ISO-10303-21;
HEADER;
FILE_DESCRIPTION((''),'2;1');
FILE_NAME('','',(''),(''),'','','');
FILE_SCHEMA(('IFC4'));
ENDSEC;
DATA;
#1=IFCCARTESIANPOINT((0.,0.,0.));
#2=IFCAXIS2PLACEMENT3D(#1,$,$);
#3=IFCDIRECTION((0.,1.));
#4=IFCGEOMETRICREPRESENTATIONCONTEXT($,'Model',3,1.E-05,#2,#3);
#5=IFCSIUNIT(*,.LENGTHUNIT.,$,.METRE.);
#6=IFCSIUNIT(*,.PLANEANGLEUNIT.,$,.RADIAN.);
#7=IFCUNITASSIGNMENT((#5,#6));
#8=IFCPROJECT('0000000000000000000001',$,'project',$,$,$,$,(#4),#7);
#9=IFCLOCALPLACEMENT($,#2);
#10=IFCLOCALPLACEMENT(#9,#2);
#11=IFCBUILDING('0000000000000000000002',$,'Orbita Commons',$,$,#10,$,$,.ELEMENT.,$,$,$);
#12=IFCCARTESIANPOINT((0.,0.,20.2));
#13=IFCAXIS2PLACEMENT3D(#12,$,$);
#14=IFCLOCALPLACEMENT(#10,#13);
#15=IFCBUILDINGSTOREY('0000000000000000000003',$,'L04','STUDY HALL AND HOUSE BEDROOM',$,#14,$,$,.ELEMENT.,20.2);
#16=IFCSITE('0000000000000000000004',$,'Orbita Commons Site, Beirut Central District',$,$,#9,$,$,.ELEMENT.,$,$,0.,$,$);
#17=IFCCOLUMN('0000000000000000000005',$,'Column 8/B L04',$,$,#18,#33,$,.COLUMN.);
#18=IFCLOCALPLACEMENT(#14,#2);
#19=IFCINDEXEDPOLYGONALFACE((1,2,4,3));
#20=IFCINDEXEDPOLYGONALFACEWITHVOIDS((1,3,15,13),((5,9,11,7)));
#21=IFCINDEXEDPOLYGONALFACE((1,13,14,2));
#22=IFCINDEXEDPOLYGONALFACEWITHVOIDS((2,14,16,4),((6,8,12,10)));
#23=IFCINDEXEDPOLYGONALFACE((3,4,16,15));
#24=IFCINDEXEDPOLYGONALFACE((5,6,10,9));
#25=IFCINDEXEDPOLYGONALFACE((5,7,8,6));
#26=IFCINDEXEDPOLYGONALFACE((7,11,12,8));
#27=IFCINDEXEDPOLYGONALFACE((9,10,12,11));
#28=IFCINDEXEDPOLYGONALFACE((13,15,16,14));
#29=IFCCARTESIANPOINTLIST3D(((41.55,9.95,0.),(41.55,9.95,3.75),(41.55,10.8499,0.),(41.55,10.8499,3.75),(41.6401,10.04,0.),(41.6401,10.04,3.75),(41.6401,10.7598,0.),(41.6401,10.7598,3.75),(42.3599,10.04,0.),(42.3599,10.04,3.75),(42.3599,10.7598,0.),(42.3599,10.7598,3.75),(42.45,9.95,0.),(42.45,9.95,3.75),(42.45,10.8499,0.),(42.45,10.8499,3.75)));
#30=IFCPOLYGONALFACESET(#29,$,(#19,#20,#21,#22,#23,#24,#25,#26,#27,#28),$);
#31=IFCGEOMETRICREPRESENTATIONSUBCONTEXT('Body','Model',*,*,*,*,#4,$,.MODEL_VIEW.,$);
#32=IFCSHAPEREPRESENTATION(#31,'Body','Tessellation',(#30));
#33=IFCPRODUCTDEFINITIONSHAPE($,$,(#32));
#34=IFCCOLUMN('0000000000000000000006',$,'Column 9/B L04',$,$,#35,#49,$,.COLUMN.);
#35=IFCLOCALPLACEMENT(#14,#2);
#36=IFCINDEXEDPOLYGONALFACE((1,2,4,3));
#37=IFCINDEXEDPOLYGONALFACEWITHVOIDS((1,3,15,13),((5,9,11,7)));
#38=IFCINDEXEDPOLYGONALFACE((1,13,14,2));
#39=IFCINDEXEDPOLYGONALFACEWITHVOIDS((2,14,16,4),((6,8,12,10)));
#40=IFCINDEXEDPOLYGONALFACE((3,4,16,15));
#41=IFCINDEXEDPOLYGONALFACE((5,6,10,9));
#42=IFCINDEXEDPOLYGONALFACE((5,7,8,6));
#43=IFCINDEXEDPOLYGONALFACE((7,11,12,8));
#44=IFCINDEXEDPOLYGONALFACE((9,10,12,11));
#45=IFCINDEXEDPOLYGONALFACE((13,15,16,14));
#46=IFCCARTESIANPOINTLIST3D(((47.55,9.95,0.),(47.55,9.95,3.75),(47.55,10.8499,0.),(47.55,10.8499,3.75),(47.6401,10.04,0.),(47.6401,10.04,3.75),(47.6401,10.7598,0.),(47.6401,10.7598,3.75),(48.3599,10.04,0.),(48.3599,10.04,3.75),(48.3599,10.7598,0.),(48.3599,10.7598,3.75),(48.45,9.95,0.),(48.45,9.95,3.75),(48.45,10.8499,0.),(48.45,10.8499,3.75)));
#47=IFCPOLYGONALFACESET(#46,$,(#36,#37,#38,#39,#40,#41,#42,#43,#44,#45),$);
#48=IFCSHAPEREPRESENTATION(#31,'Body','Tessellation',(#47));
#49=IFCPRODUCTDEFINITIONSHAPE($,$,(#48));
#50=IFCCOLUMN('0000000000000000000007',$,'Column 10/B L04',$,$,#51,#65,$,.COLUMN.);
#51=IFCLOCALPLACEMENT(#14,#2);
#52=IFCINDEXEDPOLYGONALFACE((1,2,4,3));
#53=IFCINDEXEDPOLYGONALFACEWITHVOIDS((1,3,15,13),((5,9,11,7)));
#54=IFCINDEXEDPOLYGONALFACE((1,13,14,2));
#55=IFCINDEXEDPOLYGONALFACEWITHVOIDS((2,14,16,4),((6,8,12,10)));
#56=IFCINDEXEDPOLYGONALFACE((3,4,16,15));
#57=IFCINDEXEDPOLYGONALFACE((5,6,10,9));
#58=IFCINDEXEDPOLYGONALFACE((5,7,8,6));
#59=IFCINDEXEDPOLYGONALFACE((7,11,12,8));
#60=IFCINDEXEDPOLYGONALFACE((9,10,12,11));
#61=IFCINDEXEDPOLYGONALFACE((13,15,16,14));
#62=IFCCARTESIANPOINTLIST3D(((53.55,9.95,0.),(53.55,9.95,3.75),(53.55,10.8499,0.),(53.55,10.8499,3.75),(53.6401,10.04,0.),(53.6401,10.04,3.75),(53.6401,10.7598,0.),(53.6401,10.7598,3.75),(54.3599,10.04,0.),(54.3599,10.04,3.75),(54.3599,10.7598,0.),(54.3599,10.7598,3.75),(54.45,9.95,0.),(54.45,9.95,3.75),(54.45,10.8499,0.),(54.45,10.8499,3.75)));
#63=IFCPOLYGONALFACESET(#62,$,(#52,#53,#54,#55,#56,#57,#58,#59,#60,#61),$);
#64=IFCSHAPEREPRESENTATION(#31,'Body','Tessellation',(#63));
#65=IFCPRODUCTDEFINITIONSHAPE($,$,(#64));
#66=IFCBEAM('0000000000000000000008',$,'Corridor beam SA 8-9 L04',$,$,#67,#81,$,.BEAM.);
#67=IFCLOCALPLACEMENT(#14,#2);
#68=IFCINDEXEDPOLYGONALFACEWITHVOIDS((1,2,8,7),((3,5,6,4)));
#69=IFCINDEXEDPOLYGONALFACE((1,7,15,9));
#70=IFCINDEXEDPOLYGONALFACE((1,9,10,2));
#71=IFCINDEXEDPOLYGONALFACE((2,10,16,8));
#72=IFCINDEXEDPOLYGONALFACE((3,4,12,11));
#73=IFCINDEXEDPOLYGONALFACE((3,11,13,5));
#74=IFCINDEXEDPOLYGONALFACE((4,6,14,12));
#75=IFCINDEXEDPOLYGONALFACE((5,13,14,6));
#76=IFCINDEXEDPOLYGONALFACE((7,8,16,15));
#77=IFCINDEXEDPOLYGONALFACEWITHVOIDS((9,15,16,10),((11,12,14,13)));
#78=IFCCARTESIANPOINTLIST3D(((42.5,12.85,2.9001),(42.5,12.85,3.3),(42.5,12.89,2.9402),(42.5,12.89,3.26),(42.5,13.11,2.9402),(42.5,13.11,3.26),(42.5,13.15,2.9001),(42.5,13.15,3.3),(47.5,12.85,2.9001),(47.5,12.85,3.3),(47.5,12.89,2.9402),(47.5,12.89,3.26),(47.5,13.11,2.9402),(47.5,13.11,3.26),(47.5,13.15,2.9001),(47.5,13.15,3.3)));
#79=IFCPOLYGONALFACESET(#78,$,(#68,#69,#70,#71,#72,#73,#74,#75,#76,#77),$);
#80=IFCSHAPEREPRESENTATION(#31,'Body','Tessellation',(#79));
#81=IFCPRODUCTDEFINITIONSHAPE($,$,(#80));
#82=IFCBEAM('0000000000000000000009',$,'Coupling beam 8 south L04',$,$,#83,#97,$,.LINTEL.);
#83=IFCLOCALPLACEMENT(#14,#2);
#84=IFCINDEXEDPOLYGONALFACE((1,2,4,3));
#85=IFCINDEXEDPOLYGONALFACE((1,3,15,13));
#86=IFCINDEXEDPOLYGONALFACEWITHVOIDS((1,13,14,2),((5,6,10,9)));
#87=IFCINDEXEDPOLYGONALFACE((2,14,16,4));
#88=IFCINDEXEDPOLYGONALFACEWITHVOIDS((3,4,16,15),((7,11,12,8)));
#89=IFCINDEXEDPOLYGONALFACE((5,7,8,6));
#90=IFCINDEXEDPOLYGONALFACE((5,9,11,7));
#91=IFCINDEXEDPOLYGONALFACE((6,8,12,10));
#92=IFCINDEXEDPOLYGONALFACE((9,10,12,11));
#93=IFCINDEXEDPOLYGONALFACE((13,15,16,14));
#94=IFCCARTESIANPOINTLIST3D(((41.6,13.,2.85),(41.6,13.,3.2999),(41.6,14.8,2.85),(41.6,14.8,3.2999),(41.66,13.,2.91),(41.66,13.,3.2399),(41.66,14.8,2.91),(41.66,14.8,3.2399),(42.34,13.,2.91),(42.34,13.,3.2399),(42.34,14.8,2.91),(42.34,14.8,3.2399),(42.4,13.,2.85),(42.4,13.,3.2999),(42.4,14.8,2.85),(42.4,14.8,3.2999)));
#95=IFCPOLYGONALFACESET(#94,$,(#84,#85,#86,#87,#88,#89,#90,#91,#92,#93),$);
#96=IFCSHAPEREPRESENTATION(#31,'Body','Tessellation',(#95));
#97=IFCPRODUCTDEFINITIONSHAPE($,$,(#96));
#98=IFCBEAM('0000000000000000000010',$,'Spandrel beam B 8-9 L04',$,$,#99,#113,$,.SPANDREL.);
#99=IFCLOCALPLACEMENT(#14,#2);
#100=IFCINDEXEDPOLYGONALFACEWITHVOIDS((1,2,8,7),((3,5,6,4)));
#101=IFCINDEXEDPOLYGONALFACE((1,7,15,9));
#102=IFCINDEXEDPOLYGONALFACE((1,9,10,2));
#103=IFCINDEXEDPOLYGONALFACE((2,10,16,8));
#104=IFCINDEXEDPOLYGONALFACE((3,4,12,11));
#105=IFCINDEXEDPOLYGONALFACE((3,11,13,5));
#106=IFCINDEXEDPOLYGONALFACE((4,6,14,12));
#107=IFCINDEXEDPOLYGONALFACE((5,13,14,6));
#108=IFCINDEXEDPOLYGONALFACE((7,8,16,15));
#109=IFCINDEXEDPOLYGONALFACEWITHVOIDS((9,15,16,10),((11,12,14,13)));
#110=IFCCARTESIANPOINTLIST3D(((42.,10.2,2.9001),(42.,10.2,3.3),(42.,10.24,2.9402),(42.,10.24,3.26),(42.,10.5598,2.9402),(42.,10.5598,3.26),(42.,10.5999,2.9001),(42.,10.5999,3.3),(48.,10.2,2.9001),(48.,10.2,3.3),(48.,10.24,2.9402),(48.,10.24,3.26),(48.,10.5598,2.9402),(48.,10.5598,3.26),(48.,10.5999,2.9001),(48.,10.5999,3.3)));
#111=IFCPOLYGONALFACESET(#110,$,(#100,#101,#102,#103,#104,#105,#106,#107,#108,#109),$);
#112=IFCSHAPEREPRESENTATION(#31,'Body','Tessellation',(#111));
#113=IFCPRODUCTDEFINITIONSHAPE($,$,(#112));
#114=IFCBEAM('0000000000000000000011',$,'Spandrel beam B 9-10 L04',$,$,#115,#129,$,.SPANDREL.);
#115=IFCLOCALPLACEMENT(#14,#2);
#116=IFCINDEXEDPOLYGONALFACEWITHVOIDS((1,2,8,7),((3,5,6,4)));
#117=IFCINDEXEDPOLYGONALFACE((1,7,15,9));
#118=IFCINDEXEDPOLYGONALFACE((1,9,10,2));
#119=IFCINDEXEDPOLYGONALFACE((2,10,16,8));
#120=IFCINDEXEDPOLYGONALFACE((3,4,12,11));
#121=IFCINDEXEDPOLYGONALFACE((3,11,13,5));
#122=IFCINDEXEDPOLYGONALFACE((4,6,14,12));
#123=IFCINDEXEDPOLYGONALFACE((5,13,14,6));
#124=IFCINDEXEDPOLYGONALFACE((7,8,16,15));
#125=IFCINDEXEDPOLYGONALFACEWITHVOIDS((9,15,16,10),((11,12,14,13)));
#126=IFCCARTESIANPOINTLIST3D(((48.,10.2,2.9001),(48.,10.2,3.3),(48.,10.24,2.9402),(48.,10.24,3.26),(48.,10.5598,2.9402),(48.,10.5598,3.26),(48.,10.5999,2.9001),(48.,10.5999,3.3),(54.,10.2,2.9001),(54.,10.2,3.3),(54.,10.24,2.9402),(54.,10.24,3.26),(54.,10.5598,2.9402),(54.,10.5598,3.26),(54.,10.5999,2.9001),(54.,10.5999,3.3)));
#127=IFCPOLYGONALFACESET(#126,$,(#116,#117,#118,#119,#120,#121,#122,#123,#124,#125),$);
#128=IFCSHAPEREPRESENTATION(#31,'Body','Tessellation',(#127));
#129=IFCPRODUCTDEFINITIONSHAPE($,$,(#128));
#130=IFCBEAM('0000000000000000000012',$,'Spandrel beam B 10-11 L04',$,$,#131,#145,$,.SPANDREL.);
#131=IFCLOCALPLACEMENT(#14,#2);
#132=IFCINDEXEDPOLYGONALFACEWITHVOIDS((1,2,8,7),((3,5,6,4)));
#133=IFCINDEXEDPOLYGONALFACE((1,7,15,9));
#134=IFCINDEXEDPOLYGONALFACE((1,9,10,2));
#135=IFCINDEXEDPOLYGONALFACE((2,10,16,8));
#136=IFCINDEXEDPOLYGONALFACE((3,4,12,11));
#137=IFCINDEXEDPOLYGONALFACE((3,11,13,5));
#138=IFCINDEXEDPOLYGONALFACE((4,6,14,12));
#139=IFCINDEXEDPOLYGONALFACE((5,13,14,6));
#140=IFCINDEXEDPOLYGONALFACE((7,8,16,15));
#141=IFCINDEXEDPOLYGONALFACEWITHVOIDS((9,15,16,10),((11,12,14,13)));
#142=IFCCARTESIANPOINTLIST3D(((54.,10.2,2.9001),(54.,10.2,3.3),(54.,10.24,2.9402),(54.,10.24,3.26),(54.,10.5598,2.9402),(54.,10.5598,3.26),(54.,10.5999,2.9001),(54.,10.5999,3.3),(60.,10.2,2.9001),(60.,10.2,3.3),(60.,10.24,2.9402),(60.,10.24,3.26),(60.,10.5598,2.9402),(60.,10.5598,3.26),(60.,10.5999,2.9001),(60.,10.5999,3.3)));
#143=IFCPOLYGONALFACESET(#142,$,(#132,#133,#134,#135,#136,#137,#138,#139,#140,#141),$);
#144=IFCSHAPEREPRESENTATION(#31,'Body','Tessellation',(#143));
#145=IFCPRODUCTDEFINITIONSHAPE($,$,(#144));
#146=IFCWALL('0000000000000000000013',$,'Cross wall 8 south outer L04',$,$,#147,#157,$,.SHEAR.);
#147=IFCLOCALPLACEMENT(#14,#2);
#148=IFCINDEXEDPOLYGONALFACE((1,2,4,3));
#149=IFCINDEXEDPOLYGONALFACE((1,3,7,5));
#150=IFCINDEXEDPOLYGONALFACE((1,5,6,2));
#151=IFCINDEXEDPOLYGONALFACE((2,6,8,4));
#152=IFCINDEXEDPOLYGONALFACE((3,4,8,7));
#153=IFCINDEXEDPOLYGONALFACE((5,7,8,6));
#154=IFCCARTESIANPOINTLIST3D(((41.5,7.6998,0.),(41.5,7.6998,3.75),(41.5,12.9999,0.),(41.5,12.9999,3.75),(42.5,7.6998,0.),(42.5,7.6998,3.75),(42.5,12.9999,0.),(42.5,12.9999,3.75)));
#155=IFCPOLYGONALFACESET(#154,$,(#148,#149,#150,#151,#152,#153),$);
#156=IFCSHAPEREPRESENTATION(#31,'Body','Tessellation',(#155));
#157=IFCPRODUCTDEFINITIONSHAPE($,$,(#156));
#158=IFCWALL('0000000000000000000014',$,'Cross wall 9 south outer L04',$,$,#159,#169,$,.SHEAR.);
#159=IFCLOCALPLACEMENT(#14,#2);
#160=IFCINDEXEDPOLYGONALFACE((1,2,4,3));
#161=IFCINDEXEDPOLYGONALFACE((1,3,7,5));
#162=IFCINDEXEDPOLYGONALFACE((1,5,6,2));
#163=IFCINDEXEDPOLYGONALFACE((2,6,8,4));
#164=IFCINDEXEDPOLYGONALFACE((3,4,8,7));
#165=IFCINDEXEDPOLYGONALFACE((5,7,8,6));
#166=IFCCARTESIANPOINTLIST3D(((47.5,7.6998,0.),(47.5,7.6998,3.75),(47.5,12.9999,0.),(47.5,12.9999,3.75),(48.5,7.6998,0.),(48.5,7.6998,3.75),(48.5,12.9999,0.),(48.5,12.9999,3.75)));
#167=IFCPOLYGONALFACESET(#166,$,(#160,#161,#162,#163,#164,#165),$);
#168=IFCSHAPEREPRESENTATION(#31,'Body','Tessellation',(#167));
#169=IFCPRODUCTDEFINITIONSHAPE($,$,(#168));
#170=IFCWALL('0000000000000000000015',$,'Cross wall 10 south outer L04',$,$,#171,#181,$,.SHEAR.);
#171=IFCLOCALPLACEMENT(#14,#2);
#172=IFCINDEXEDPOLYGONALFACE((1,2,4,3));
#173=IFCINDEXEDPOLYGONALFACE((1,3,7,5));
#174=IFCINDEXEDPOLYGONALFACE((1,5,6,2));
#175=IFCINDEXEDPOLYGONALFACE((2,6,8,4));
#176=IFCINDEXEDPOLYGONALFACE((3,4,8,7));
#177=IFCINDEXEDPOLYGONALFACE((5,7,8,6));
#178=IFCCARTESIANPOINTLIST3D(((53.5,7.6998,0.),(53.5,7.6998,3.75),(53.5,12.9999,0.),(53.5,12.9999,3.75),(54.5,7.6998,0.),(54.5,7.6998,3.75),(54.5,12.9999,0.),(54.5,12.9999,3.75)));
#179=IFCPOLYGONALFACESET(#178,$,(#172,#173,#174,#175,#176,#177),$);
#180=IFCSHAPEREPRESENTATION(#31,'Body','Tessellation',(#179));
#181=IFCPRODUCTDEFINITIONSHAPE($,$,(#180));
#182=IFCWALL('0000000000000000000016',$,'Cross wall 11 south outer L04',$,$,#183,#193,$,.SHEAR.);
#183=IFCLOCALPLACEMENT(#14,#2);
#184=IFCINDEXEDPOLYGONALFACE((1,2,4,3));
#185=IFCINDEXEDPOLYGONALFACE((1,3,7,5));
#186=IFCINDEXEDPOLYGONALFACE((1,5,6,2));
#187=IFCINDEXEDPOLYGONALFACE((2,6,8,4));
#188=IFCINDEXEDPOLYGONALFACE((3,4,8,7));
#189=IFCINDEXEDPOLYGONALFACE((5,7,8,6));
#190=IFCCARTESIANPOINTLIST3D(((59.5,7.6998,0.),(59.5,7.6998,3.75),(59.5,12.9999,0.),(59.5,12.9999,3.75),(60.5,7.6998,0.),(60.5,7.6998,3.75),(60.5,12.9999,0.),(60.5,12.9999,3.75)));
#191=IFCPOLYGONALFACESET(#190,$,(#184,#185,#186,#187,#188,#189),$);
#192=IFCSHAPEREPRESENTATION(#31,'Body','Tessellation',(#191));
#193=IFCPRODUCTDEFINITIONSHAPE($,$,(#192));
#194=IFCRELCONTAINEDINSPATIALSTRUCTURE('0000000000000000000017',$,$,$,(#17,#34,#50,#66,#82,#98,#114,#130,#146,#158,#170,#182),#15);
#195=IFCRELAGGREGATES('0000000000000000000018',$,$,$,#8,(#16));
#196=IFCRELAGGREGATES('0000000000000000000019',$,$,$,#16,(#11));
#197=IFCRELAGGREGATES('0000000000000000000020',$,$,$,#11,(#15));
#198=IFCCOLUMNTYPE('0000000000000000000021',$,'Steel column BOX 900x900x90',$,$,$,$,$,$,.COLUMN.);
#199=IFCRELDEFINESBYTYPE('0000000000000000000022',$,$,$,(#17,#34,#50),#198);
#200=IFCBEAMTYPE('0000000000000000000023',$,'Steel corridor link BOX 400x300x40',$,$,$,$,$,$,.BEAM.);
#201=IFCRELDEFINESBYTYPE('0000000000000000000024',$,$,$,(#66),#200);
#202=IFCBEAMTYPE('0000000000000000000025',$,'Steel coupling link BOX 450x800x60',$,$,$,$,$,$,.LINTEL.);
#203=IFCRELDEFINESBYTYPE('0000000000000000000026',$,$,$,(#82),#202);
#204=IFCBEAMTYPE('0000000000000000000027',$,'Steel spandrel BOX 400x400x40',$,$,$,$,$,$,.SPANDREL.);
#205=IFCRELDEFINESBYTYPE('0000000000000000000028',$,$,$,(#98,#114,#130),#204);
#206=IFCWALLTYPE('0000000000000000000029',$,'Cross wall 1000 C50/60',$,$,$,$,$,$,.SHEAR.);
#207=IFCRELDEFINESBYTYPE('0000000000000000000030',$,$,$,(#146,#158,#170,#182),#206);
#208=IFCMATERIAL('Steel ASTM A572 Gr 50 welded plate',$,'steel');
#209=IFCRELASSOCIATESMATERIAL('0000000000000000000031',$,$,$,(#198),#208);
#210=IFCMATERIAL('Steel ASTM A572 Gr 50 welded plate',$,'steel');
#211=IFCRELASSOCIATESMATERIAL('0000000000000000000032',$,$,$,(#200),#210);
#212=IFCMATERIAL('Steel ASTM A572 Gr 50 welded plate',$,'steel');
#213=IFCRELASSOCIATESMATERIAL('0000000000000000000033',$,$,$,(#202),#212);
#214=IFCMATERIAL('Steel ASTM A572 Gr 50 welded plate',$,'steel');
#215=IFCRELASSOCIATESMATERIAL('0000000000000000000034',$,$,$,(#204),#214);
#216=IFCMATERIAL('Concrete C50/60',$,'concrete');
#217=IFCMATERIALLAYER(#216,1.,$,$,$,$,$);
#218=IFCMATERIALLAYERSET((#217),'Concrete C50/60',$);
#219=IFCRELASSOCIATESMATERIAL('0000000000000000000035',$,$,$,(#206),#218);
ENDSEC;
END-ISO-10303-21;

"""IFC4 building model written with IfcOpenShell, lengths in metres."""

from ifc_helpers import new_model, si_unit, direction, frame, frame_2d, origin, origin_2d, place, context, subcontext, project, spatial, rectangle, hollow_rectangle, extrude, material, layer, layer_set, material_profile, profile_set, type_object, element, save


model = new_model("IFC4")

# Units and contexts
model_context = context("Model", 3, precision=1e-05, world=origin(), true_north=direction((0.0, 1.0)))
body_context = subcontext(model_context, "Body", "Model", "MODEL_VIEW")
ifc_project = project(units=[si_unit("LENGTHUNIT", "METRE"), si_unit("PLANEANGLEUNIT", "RADIAN")], contexts=[model_context])

# Site, building, storey
site_placement = place(None, origin())
site = spatial("IfcSite", under=ifc_project, at=site_placement, Name="Orbita Commons Site, Beirut Central District", CompositionType="ELEMENT", RefElevation=0.0)
building_placement = place(site_placement, origin())
building = spatial("IfcBuilding", under=site, at=building_placement, Name="Orbita Commons", CompositionType="ELEMENT")
storey_placement = place(building_placement, frame((0.0, 0.0, 20.2)))
storey = spatial("IfcBuildingStorey", under=building, at=storey_placement, Name="L04", Description="STUDY HALL AND HOUSE BEDROOM", CompositionType="ELEMENT", Elevation=20.2)

# Columns
ifc_material_1 = material(Name="Steel ASTM A572 Gr 50 welded plate", Category="steel")
ifc_material_profile_1 = material_profile(ifc_material_1, hollow_rectangle(XDim=0.8999, YDim=0.8999, WallThickness=0.0901, at=origin_2d()), Name="BOX 900x900x90")
ifc_profile_set_1 = profile_set([ifc_material_profile_1], Name="Steel ASTM A572 Gr 50 welded plate")
column_type = type_object("IfcColumnType", Name="Steel column BOX 900x900x90", PredefinedType="COLUMN", material=ifc_profile_set_1)
for number, where, z_axis, x_axis, name in (
    (1, (42.0, 10.3999, 0.0), (0.0, 0.0, 1.0), (1.0, 0.0, 0.0), "Column 8/B L04"),
    (2, (48.0, 10.3999, 0.0), (0.0, 0.0, 1.0), (1.0, 0.0, 0.0), "Column 9/B L04"),
    (3, (54.0, 10.3999, 0.0), (0.0, 0.0, 1.0), (1.0, 0.0, 0.0), "Column 10/B L04"),
):
    element("IfcColumn", number, at=place(storey_placement, frame(where, z_axis=z_axis, x_axis=x_axis)), inside=storey, type_object=column_type, Name=name, PredefinedType="COLUMN", context=body_context, shape_type="SweptSolid", body=[
        extrude(hollow_rectangle(XDim=0.8999, YDim=0.8999, WallThickness=0.0901, at=origin_2d()), origin(), (0.0, 0.0, 1.0), 3.75),
    ])

# Beams
ifc_material_2 = material(Name="Steel ASTM A572 Gr 50 welded plate", Category="steel")
ifc_material_profile_2 = material_profile(ifc_material_2, hollow_rectangle(XDim=0.3, YDim=0.3999, WallThickness=0.04, at=origin_2d()), Name="BOX 400x300x40")
ifc_profile_set_2 = profile_set([ifc_material_profile_2], Name="Steel ASTM A572 Gr 50 welded plate")
beam_type_1 = type_object("IfcBeamType", Name="Steel corridor link BOX 400x300x40", PredefinedType="BEAM", material=ifc_profile_set_2)
beam_1_placement = place(storey_placement, frame((42.5, 13.0, 3.1001), z_axis=(1.0, 0.0, 0.0), x_axis=(0.0, 1.0, 0.0)))
element("IfcBeam", 4, at=beam_1_placement, inside=storey, type_object=beam_type_1, Name="Corridor beam SA 8-9 L04", PredefinedType="BEAM", context=body_context, shape_type="SweptSolid", body=[
    extrude(hollow_rectangle(XDim=0.3, YDim=0.3999, WallThickness=0.04, at=origin_2d()), origin(), (0.0, 0.0, 1.0), 5.0),
])
ifc_material_3 = material(Name="Steel ASTM A572 Gr 50 welded plate", Category="steel")
ifc_material_profile_3 = material_profile(ifc_material_3, hollow_rectangle(XDim=0.8, YDim=0.45, WallThickness=0.0601, at=origin_2d()), Name="BOX 450x800x60")
ifc_profile_set_3 = profile_set([ifc_material_profile_3], Name="Steel ASTM A572 Gr 50 welded plate")
beam_type_2 = type_object("IfcBeamType", Name="Steel coupling link BOX 450x800x60", PredefinedType="LINTEL", material=ifc_profile_set_3)
beam_2_placement = place(storey_placement, frame((42.0, 13.0, 3.075), z_axis=(0.0, 1.0, 0.0), x_axis=(-1.0, 0.0, 0.0)))
element("IfcBeam", 5, at=beam_2_placement, inside=storey, type_object=beam_type_2, Name="Coupling beam 8 south L04", PredefinedType="LINTEL", context=body_context, shape_type="SweptSolid", body=[
    extrude(hollow_rectangle(XDim=0.8, YDim=0.45, WallThickness=0.0601, at=origin_2d()), origin(), (0.0, 0.0, 1.0), 1.8),
])
ifc_material_4 = material(Name="Steel ASTM A572 Gr 50 welded plate", Category="steel")
ifc_material_profile_4 = material_profile(ifc_material_4, hollow_rectangle(XDim=0.3999, YDim=0.3999, WallThickness=0.04, at=origin_2d()), Name="BOX 400x400x40")
ifc_profile_set_4 = profile_set([ifc_material_profile_4], Name="Steel ASTM A572 Gr 50 welded plate")
beam_type_3 = type_object("IfcBeamType", Name="Steel spandrel BOX 400x400x40", PredefinedType="SPANDREL", material=ifc_profile_set_4)
for number, where, z_axis, x_axis, name in (
    (6, (42.0, 10.3999, 3.1001), (1.0, 0.0, 0.0), (0.0, 1.0, 0.0), "Spandrel beam B 8-9 L04"),
    (7, (48.0, 10.3999, 3.1001), (1.0, 0.0, 0.0), (0.0, 1.0, 0.0), "Spandrel beam B 9-10 L04"),
    (8, (54.0, 10.3999, 3.1001), (1.0, 0.0, 0.0), (0.0, 1.0, 0.0), "Spandrel beam B 10-11 L04"),
):
    element("IfcBeam", number, at=place(storey_placement, frame(where, z_axis=z_axis, x_axis=x_axis)), inside=storey, type_object=beam_type_3, Name=name, PredefinedType="SPANDREL", context=body_context, shape_type="SweptSolid", body=[
        extrude(hollow_rectangle(XDim=0.3999, YDim=0.3999, WallThickness=0.04, at=origin_2d()), origin(), (0.0, 0.0, 1.0), 6.0),
    ])

# Walls
ifc_material_5 = material(Name="Concrete C50/60", Category="concrete")
ifc_layer_1 = layer(ifc_material_5, 1.0)
ifc_layer_set_1 = layer_set([ifc_layer_1], Name="Concrete C50/60")
wall_type_1 = type_object("IfcWallType", Name="Cross wall 1000 C50/60", PredefinedType="SHEAR", material=ifc_layer_set_1)
for number, where, z_axis, x_axis, name in (
    (9, (42.0, 7.7, 0.0), (0.0, 0.0, 1.0), (0.0, 1.0, 0.0), "Cross wall 8 south outer L04"),
    (10, (48.0, 7.7, 0.0), (0.0, 0.0, 1.0), (0.0, 1.0, 0.0), "Cross wall 9 south outer L04"),
    (11, (54.0, 7.7, 0.0), (0.0, 0.0, 1.0), (0.0, 1.0, 0.0), "Cross wall 10 south outer L04"),
    (12, (60.0, 7.7, 0.0), (0.0, 0.0, 1.0), (0.0, 1.0, 0.0), "Cross wall 11 south outer L04"),
):
    element("IfcWall", number, at=place(storey_placement, frame(where, z_axis=z_axis, x_axis=x_axis)), inside=storey, type_object=wall_type_1, Name=name, PredefinedType="SHEAR", context=body_context, shape_type="SweptSolid", body=[
        extrude(rectangle(XDim=5.3, YDim=1.0, at=frame_2d((2.6499, 0.0))), origin(), (0.0, 0.0, 1.0), 3.75),
    ])

save(model, "model.ifc")
